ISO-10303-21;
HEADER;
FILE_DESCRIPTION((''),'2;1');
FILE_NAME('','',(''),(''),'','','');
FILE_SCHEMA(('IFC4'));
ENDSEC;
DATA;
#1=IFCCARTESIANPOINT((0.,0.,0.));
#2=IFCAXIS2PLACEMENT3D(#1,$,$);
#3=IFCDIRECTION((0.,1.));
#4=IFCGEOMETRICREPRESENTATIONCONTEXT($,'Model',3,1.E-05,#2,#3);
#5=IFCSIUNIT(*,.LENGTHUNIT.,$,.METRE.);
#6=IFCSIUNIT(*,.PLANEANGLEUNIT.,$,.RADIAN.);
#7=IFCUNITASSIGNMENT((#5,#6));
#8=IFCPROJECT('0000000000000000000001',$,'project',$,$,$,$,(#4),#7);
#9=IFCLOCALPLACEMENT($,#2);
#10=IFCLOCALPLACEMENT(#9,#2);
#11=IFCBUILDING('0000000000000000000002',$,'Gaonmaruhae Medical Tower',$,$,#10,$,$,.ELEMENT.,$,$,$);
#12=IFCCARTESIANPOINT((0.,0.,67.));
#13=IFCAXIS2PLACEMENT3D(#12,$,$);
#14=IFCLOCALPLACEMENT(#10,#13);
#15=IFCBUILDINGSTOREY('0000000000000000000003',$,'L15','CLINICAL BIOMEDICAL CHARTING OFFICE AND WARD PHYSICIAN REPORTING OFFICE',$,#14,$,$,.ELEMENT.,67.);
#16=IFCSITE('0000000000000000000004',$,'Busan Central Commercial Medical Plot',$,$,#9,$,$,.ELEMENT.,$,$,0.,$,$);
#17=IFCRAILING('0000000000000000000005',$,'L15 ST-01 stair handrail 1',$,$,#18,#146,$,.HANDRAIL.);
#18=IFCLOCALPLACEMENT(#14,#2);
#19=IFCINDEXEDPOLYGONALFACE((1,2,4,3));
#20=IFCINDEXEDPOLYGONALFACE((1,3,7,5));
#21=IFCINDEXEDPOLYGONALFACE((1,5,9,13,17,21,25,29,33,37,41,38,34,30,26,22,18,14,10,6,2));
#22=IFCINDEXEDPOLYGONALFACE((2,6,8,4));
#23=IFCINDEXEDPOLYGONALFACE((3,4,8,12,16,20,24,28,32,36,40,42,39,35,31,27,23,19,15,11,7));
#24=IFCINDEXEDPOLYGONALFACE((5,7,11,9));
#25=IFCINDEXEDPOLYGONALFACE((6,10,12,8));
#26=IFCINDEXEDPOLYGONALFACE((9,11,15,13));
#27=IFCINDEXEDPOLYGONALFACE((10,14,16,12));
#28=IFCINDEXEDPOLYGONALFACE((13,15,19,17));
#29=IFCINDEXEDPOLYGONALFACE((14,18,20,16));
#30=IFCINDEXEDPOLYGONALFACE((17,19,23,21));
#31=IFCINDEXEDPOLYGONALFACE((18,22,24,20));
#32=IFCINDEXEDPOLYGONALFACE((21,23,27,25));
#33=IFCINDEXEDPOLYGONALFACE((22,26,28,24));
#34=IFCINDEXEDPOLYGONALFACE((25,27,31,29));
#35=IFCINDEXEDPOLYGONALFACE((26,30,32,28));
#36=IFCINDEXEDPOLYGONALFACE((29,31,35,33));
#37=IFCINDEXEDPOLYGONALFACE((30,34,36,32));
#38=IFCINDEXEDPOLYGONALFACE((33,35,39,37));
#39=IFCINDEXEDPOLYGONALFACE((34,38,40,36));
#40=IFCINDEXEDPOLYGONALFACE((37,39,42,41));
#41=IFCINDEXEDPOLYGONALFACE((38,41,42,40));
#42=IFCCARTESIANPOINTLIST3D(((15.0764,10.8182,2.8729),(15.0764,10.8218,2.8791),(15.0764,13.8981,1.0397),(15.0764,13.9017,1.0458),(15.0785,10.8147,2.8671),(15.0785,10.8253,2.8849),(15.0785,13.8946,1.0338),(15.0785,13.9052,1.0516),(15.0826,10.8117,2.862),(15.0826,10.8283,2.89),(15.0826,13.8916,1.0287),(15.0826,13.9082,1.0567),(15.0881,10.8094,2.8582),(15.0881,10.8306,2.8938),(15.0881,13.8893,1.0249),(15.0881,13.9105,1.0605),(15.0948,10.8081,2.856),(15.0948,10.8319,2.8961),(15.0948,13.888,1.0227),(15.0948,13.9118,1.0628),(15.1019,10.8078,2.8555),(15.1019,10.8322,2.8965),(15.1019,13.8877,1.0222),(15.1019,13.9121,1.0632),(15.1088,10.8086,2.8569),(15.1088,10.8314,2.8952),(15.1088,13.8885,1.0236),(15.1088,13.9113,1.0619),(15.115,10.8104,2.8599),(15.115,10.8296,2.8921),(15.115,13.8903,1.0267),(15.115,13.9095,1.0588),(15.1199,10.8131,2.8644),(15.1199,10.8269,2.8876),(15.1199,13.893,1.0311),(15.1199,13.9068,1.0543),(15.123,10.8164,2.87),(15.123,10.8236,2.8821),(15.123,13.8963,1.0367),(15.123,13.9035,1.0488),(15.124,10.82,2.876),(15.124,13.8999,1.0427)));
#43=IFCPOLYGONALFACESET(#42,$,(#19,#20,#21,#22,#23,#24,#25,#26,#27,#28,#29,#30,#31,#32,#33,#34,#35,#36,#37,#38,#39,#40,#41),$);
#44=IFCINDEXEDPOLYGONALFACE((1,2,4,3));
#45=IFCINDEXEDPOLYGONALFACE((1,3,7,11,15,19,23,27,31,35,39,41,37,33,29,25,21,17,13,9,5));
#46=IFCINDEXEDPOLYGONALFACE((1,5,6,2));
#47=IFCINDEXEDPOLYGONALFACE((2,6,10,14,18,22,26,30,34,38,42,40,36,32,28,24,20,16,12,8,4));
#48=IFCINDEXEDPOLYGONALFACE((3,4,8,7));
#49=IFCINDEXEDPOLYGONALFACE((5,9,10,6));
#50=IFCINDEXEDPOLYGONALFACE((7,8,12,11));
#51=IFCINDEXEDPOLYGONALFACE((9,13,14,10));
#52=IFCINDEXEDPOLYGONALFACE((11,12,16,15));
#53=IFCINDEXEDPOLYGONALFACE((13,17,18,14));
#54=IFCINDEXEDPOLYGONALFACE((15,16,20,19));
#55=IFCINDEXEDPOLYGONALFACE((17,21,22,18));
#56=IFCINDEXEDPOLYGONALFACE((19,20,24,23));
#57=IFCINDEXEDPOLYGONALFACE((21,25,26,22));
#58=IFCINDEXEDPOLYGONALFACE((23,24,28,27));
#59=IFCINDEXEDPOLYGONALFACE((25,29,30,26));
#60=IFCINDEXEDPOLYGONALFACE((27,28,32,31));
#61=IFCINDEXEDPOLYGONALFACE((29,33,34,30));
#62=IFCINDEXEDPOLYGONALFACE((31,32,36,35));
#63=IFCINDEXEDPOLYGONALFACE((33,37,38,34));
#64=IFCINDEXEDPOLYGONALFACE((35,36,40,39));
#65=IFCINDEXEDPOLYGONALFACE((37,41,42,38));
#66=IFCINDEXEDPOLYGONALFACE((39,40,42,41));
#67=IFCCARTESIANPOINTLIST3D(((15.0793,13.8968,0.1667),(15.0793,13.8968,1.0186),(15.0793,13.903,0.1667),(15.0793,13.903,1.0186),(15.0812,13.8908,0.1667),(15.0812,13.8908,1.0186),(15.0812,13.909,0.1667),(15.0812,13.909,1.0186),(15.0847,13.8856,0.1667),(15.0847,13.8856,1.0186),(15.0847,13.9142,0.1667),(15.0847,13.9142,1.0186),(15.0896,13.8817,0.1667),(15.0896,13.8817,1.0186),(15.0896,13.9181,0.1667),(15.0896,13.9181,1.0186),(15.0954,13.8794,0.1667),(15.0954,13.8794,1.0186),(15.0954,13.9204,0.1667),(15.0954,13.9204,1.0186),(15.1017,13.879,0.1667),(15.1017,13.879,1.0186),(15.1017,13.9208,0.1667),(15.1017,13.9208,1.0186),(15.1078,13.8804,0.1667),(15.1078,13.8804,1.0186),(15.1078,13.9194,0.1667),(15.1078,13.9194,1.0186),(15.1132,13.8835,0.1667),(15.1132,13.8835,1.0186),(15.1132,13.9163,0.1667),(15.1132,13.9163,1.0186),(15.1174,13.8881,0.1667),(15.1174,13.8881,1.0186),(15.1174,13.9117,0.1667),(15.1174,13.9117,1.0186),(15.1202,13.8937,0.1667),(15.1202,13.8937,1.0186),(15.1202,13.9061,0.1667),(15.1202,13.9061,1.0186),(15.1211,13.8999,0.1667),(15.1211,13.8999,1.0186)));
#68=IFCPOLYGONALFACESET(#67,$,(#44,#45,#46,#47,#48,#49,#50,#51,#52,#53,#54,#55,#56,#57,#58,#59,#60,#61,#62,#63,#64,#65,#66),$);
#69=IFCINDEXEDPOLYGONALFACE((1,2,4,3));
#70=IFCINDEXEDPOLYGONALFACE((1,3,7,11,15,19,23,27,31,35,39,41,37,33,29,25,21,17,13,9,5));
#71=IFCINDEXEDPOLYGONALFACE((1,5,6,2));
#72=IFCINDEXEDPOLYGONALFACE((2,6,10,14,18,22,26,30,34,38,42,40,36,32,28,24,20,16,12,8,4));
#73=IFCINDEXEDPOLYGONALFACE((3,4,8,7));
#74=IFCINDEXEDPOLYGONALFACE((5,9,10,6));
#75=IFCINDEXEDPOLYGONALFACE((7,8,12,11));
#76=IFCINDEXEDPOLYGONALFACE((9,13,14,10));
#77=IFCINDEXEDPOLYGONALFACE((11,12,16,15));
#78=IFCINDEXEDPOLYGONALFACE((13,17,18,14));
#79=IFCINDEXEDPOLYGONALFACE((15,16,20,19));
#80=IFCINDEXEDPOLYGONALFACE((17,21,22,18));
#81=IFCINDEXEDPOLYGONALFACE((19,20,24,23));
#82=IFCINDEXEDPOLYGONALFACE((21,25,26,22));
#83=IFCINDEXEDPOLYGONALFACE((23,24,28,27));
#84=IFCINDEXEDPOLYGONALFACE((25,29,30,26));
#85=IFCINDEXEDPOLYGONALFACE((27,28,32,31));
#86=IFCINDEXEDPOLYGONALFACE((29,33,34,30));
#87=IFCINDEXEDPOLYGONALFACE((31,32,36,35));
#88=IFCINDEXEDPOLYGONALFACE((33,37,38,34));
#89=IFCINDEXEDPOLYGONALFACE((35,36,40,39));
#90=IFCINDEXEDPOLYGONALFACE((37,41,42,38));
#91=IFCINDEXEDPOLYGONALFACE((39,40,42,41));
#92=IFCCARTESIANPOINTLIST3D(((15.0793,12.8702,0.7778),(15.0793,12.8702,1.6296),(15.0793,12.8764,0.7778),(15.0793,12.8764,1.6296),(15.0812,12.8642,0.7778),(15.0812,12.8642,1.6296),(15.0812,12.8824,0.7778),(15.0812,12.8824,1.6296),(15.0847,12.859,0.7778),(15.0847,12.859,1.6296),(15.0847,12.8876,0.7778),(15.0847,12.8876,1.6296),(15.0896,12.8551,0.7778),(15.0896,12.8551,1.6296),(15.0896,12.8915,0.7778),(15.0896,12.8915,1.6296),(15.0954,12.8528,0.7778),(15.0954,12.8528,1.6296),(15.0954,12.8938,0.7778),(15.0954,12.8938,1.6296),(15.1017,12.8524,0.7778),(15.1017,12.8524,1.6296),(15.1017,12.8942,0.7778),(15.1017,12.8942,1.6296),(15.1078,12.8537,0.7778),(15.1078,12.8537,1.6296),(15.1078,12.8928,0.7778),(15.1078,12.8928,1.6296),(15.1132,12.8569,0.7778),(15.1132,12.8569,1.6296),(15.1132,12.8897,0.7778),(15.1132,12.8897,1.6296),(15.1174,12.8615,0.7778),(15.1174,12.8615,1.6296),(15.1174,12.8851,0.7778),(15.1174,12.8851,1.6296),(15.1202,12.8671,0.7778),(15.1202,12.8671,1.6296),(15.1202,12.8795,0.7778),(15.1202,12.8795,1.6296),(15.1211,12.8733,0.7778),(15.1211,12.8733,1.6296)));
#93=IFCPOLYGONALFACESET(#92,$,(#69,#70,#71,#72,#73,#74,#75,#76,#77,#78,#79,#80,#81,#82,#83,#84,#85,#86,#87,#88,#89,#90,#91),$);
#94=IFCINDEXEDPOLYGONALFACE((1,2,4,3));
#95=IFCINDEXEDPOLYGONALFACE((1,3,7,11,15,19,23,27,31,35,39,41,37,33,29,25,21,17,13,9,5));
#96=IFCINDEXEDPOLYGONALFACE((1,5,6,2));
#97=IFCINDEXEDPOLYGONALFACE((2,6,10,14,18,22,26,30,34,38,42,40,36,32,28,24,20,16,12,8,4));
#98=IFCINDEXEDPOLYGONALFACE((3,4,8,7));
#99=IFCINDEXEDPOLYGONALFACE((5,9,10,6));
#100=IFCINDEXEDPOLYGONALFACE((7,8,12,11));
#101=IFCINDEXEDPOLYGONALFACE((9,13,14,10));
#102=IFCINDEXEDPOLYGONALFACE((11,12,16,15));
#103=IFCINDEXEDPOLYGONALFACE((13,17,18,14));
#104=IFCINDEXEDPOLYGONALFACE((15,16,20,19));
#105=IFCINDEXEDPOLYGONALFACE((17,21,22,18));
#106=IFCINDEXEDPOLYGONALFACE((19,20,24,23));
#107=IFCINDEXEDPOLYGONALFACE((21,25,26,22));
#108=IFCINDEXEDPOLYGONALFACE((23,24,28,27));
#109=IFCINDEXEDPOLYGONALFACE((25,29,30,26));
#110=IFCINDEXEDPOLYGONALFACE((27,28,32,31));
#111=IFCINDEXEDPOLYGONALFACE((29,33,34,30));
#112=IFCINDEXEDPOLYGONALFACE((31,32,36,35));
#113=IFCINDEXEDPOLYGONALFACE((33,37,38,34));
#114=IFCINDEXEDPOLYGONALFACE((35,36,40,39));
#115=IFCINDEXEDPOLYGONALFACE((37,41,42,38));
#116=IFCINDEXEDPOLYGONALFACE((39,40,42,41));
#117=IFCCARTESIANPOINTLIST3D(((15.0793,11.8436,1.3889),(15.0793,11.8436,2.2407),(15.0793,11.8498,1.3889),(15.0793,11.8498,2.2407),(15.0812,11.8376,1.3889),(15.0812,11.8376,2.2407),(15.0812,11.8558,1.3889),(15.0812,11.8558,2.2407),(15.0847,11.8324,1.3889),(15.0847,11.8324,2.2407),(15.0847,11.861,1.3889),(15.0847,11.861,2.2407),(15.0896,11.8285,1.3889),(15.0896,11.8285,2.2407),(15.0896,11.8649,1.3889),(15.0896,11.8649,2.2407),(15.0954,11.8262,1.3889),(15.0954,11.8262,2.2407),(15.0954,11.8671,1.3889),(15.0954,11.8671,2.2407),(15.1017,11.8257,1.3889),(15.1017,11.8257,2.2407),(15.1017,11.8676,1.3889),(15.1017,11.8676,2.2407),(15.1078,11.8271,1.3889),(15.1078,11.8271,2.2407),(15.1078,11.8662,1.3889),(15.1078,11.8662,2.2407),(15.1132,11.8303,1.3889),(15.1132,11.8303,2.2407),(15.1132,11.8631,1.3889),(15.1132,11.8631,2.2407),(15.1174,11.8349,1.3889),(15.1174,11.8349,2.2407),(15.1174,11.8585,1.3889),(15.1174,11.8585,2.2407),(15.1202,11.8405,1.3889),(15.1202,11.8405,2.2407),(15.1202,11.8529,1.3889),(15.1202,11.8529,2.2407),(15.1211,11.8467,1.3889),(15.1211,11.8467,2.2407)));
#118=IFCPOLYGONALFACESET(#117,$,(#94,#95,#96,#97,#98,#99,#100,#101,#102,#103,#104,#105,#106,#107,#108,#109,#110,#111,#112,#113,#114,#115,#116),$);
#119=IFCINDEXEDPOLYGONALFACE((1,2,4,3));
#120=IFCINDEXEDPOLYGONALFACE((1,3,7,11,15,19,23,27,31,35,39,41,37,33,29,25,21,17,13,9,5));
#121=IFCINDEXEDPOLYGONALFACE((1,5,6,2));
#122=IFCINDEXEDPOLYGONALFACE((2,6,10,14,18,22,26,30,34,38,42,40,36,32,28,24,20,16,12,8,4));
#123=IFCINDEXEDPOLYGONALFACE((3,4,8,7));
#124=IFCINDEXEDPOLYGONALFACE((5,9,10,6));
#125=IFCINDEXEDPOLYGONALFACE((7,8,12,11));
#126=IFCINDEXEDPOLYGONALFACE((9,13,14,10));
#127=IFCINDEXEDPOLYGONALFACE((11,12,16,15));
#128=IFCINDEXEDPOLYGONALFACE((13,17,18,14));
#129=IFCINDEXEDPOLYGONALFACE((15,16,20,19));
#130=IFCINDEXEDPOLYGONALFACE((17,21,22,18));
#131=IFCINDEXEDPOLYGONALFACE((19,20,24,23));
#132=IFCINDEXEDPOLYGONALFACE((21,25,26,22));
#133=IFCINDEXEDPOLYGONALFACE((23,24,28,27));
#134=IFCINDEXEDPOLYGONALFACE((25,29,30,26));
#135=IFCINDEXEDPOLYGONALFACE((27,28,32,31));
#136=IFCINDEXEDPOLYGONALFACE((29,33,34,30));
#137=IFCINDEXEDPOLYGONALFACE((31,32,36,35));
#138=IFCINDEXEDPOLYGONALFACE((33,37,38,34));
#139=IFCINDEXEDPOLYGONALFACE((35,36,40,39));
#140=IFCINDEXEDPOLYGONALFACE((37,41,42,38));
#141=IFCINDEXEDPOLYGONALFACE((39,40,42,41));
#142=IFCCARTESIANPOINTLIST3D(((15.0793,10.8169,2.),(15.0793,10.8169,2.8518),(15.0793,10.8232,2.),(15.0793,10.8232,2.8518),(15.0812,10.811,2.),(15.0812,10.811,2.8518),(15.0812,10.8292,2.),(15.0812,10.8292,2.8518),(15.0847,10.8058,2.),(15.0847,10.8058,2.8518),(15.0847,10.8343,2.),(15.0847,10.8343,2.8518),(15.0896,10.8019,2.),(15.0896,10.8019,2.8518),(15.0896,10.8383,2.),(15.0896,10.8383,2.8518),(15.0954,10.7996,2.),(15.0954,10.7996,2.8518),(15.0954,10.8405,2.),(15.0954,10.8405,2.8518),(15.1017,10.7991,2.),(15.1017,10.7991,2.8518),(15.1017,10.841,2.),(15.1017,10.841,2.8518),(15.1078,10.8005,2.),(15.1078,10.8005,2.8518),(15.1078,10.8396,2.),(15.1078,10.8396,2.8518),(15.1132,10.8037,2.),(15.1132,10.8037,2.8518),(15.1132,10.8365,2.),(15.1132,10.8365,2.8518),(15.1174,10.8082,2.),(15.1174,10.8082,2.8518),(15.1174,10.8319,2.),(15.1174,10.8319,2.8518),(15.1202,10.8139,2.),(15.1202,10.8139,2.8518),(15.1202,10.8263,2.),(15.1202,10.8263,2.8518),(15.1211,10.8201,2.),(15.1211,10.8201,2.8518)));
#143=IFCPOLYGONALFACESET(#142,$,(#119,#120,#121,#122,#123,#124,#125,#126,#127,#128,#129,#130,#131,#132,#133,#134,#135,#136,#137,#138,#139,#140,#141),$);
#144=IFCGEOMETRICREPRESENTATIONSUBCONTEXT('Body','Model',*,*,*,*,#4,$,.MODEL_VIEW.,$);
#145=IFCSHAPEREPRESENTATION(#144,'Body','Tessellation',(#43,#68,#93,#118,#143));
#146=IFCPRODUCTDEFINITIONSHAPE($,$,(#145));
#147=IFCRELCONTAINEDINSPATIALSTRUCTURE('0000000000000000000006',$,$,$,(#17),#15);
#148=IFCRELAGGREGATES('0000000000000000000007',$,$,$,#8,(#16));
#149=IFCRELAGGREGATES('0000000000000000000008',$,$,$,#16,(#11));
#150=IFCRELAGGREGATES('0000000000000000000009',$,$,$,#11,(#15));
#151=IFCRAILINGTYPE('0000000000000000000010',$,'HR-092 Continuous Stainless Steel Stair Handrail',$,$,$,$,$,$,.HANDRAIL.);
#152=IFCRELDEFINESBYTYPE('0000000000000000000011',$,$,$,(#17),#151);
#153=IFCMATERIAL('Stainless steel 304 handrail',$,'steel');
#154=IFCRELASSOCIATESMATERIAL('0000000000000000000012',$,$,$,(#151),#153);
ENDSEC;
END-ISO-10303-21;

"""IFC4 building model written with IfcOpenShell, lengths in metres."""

from ifc_helpers import new_model, si_unit, direction, frame, origin, origin_2d, place, context, subcontext, project, spatial, circle, extrude, material, type_object, element, save


model = new_model("IFC4")

# Units and contexts
model_context = context("Model", 3, precision=1e-05, world=origin(), true_north=direction((0.0, 1.0)))
body_context = subcontext(model_context, "Body", "Model", "MODEL_VIEW")
ifc_project = project(units=[si_unit("LENGTHUNIT", "METRE"), si_unit("PLANEANGLEUNIT", "RADIAN")], contexts=[model_context])

# Site, building, storey
site_placement = place(None, origin())
site = spatial("IfcSite", under=ifc_project, at=site_placement, Name="Busan Central Commercial Medical Plot", CompositionType="ELEMENT", RefElevation=0.0)
building_placement = place(site_placement, origin())
building = spatial("IfcBuilding", under=site, at=building_placement, Name="Gaonmaruhae Medical Tower", CompositionType="ELEMENT")
storey_placement = place(building_placement, frame((0.0, 0.0, 67.0)))
storey = spatial("IfcBuildingStorey", under=building, at=storey_placement, Name="L15", Description="CLINICAL BIOMEDICAL CHARTING OFFICE AND WARD PHYSICIAN REPORTING OFFICE", CompositionType="ELEMENT", Elevation=67.0)

# Railing
ifc_material_1 = material(Name="Stainless steel 304 handrail", Category="steel")
railing_type_1 = type_object("IfcRailingType", Name="HR-092 Continuous Stainless Steel Stair Handrail", PredefinedType="HANDRAIL", material=ifc_material_1)
railing_1_placement = place(storey_placement, frame((15.1001, 13.8999, 0.1667)))
element("IfcRailing", 1, at=railing_1_placement, inside=storey, type_object=railing_type_1, Name="L15 ST-01 stair handrail 1", PredefinedType="HANDRAIL", context=body_context, shape_type="SweptSolid", body=[
    extrude(circle(Radius=0.0239, at=origin_2d()), frame((0.0, 0.0, 0.876), z_axis=(0.0, -0.859291, 0.511487), x_axis=(1.0, 0.0, 0.0)), (0.0, 0.0, 1.0), 3.5842),
    extrude(circle(Radius=0.021, at=origin_2d()), origin(), (0.0, 0.0, 1.0), 0.8518),
    extrude(circle(Radius=0.021, at=origin_2d()), frame((0.0, -1.0266, 0.6111)), (0.0, 0.0, 1.0), 0.8518),
    extrude(circle(Radius=0.021, at=origin_2d()), frame((0.0, -2.0532, 1.2222)), (0.0, 0.0, 1.0), 0.8518),
    extrude(circle(Radius=0.021, at=origin_2d()), frame((0.0, -3.0798, 1.8333)), (0.0, 0.0, 1.0), 0.8518),
])

save(model, "model.ifc")
